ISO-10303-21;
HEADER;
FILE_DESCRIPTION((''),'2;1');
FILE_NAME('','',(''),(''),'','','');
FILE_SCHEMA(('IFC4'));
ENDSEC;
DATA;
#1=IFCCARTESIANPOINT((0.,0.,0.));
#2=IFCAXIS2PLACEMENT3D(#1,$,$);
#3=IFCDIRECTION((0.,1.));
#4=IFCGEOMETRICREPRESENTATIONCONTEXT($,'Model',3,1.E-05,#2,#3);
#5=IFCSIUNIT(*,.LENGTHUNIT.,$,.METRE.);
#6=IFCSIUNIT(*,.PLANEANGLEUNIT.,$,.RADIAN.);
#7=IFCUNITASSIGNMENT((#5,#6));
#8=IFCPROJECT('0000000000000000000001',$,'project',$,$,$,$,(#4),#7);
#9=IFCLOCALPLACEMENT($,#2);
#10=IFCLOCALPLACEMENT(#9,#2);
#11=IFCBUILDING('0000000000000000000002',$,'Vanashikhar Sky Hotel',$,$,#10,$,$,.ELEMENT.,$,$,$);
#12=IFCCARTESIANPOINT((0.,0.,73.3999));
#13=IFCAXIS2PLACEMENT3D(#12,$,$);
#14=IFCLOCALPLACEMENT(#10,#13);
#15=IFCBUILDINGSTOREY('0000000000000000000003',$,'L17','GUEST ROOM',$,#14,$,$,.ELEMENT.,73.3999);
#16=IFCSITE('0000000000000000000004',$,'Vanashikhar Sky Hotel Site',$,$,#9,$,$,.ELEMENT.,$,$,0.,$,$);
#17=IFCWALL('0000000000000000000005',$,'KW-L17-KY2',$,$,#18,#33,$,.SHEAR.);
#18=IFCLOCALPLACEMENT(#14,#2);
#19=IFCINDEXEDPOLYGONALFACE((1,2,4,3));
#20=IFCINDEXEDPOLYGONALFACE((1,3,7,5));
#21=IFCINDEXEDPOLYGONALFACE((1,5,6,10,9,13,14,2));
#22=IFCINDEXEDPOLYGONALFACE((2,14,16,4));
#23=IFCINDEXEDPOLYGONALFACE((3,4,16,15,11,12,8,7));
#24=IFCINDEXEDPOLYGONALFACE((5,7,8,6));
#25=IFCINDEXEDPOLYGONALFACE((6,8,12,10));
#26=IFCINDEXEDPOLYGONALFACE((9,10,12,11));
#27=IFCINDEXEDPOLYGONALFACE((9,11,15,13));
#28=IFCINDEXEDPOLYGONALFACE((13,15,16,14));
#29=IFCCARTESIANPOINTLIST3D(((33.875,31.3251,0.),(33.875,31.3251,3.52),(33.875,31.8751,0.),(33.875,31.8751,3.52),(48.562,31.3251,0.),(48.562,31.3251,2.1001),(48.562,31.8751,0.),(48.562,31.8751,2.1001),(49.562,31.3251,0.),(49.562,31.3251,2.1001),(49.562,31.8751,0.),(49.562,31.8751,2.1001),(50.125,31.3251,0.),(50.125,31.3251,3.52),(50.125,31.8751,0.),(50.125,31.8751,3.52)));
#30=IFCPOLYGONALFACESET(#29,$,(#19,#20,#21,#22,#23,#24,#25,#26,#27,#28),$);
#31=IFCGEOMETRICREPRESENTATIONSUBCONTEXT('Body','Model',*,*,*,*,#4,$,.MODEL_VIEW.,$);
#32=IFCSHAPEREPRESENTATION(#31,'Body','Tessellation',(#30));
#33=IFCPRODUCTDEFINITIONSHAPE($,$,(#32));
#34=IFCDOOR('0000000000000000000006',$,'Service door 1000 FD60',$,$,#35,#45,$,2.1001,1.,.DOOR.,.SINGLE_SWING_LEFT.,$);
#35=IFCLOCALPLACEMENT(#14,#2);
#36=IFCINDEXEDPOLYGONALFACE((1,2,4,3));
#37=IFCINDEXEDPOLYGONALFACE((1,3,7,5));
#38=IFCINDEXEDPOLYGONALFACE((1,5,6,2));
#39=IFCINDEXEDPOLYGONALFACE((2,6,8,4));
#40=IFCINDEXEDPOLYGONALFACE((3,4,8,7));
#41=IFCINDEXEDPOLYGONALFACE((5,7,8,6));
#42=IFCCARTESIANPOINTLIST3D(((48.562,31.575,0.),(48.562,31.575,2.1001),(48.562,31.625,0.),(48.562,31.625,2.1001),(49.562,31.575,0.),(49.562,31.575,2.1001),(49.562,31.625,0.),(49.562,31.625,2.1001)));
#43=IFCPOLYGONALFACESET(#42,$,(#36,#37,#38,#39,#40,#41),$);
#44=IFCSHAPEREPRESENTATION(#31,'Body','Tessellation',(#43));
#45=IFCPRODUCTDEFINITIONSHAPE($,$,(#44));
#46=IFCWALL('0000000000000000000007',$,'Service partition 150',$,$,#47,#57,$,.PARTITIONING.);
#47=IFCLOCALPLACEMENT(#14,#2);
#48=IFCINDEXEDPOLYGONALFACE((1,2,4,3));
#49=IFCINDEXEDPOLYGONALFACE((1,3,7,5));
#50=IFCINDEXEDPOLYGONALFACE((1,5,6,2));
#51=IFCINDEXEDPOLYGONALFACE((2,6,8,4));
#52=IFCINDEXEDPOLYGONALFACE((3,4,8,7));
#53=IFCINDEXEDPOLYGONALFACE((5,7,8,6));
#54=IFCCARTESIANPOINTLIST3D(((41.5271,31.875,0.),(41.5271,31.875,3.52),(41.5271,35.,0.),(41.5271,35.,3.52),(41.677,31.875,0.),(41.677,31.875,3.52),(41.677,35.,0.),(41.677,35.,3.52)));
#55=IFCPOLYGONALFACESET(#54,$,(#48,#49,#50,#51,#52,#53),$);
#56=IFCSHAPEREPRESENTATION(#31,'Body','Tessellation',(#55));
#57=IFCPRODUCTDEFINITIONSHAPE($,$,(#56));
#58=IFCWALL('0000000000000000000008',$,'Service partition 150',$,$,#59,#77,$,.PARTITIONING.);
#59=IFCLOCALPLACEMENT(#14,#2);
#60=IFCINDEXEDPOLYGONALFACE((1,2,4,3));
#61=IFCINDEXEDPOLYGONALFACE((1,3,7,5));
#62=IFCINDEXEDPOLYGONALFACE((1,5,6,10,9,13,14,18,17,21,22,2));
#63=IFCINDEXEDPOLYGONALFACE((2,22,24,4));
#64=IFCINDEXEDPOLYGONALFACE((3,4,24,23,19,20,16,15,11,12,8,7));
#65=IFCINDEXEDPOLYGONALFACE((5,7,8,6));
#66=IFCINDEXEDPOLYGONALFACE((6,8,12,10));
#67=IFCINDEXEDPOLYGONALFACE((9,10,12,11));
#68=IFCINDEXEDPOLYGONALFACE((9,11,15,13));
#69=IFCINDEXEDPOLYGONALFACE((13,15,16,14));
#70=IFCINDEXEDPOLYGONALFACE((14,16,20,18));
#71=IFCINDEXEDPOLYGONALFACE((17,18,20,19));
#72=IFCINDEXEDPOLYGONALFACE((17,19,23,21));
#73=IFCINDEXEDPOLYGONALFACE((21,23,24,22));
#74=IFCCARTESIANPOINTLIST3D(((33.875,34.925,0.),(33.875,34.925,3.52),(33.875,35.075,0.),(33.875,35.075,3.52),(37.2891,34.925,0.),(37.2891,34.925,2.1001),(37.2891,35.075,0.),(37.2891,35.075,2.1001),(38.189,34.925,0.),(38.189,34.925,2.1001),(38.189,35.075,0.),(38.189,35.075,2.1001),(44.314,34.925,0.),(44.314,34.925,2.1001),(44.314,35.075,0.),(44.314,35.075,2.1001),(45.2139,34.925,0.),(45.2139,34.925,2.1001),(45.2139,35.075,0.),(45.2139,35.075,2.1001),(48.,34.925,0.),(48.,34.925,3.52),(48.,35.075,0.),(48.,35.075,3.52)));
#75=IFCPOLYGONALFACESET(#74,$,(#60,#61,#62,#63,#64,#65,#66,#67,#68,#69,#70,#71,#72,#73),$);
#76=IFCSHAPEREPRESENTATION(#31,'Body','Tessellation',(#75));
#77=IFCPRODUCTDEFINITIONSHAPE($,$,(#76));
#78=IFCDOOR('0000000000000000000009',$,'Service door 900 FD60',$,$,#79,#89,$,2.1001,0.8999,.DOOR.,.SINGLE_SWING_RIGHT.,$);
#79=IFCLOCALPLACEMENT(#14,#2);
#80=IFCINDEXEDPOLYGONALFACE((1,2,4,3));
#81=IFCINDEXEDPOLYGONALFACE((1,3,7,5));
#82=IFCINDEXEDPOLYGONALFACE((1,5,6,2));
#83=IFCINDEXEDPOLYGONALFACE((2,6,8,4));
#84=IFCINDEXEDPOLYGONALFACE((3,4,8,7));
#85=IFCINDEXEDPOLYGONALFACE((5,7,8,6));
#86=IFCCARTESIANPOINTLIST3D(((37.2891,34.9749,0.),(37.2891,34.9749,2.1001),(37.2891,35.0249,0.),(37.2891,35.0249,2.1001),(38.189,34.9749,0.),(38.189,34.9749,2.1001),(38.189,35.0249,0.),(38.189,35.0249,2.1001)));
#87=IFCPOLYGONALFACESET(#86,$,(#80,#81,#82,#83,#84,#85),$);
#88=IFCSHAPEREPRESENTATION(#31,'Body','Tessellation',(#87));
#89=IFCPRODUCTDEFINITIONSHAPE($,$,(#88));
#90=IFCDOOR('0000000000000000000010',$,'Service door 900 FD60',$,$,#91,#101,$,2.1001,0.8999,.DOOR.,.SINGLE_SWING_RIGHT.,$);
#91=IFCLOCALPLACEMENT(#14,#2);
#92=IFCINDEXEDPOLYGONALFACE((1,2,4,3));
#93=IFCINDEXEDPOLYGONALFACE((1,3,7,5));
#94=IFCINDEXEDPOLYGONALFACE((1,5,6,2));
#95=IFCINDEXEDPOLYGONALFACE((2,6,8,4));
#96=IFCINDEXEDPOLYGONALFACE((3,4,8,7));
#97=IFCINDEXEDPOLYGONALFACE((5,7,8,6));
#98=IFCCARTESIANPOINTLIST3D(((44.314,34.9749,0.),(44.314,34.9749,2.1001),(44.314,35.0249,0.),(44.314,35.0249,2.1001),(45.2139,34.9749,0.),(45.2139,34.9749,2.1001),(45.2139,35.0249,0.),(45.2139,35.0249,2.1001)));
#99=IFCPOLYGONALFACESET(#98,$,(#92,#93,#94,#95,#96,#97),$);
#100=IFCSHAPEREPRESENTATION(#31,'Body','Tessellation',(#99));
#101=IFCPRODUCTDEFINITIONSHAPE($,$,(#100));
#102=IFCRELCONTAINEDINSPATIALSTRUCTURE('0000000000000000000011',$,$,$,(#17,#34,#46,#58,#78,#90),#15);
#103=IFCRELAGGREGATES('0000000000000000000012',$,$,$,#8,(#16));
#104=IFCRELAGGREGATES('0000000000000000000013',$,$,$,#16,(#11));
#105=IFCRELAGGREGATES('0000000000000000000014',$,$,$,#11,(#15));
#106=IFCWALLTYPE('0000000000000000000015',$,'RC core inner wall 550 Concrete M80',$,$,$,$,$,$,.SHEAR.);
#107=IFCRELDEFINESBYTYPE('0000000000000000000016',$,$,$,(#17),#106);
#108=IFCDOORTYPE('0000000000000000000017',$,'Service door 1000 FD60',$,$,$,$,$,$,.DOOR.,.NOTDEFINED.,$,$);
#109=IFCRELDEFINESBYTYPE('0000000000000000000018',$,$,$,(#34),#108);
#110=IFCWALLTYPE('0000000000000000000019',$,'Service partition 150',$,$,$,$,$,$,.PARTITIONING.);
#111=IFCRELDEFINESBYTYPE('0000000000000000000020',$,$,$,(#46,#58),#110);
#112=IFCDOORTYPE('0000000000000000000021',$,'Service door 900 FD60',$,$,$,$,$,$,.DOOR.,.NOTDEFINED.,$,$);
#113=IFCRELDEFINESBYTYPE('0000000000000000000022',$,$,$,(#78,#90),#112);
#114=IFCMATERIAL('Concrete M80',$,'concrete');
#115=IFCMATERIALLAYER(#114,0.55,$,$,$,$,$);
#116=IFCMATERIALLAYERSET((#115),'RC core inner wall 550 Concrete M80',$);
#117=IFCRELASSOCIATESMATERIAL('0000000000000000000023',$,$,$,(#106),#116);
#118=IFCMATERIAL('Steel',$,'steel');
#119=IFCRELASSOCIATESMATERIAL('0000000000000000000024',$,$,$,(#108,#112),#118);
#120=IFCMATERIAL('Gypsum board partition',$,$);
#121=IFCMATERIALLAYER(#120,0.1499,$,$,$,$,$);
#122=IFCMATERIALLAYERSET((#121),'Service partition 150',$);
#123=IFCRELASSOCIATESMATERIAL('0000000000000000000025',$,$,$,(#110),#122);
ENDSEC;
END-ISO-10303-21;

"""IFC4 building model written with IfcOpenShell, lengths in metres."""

from ifc_helpers import new_model, si_unit, direction, frame, frame_2d, origin, place, context, subcontext, project, spatial, rectangle, extrude, source, transform, mapped, material, layer, layer_set, type_object, element, fill, save


model = new_model("IFC4")

# Units and contexts
model_context = context("Model", 3, precision=1e-05, world=origin(), true_north=direction((0.0, 1.0)))
body_context = subcontext(model_context, "Body", "Model", "MODEL_VIEW")
ifc_project = project(units=[si_unit("LENGTHUNIT", "METRE"), si_unit("PLANEANGLEUNIT", "RADIAN")], contexts=[model_context])

# Site, building, storey
site_placement = place(None, origin())
site = spatial("IfcSite", under=ifc_project, at=site_placement, Name="Vanashikhar Sky Hotel Site", CompositionType="ELEMENT", RefElevation=0.0)
building_placement = place(site_placement, origin())
building = spatial("IfcBuilding", under=site, at=building_placement, Name="Vanashikhar Sky Hotel", CompositionType="ELEMENT")
storey_placement = place(building_placement, frame((0.0, 0.0, 73.3999)))
storey = spatial("IfcBuildingStorey", under=building, at=storey_placement, Name="L17", Description="GUEST ROOM", CompositionType="ELEMENT", Elevation=73.3999)

# Wall, opening, door
ifc_material_1 = material(Name="Concrete M80", Category="concrete")
ifc_layer_1 = layer(ifc_material_1, 0.55)
ifc_layer_set_1 = layer_set([ifc_layer_1], Name="RC core inner wall 550 Concrete M80")
wall_type_1 = type_object("IfcWallType", Name="RC core inner wall 550 Concrete M80", PredefinedType="SHEAR", material=ifc_layer_set_1)
shared_shape_1 = source(origin(), body_context, "Body", "SweptSolid", [
    extrude(rectangle(XDim=16.25, YDim=0.55, at=frame_2d((8.125, 0.0))), origin(), (0.0, 0.0, 1.0), 3.52),
])
wall_1_placement = place(storey_placement, frame((33.875, 31.6001, 0.0), z_axis=(0.0, 0.0, 1.0), x_axis=(1.0, 0.0, 0.0)))
wall_1 = element("IfcWall", 1, at=wall_1_placement, inside=storey, type_object=wall_type_1, Name="KW-L17-KY2", PredefinedType="SHEAR", context=body_context, shape_type="MappedRepresentation", body=[
    mapped(shared_shape_1, transform((0.0, 0.0, 0.0), scale=1.0)),
])
shared_shape_2 = source(origin(), body_context, "Body", "SweptSolid", [
    extrude(rectangle(XDim=1.0, YDim=2.1001, at=frame_2d((0.5, 1.05))), frame((0.0, 0.2852, 0.0), z_axis=(0.0, -1.0, 0.0), x_axis=(1.0, 0.0, 0.0)), (0.0, 0.0, 1.0), 0.5701),
])
opening_1_placement = place(wall_1_placement, frame((14.687, 0.0, 0.0)))
opening_1 = element("IfcOpeningElement", 2, at=opening_1_placement, cuts=wall_1, PredefinedType="OPENING", context=body_context, shape_type="MappedRepresentation", body=[
    mapped(shared_shape_2, transform((0.0, 0.0, 0.0), scale=1.0)),
])
ifc_material_2 = material(Name="Steel", Category="steel")
door_type_1 = type_object("IfcDoorType", Name="Service door 1000 FD60", OperationType="NOTDEFINED", PredefinedType="DOOR", material=ifc_material_2)
shared_shape_3 = source(origin(), body_context, "Body", "SweptSolid", [
    extrude(rectangle(XDim=1.0, YDim=2.1001, at=frame_2d((0.5, 1.05))), frame((0.0, 0.0249, 0.0), z_axis=(0.0, -1.0, 0.0), x_axis=(1.0, 0.0, 0.0)), (0.0, 0.0, 1.0), 0.05),
])
door_1_placement = place(opening_1_placement, origin())
door_1 = element("IfcDoor", 3, at=door_1_placement, inside=storey, type_object=door_type_1, Name="Service door 1000 FD60", OperationType="SINGLE_SWING_LEFT", OverallHeight=2.1001, OverallWidth=1.0, PredefinedType="DOOR", context=body_context, shape_type="MappedRepresentation", body=[
    mapped(shared_shape_3, transform((0.0, 0.0, 0.0), scale=1.0)),
])
fill(opening_1, door_1)

# Wall
ifc_material_3 = material(Name="Gypsum board partition")
ifc_layer_2 = layer(ifc_material_3, 0.1499)
ifc_layer_set_2 = layer_set([ifc_layer_2], Name="Service partition 150")
wall_type_2 = type_object("IfcWallType", Name="Service partition 150", PredefinedType="PARTITIONING", material=ifc_layer_set_2)
shared_shape_4 = source(origin(), body_context, "Body", "SweptSolid", [
    extrude(rectangle(XDim=3.125, YDim=0.1499, at=frame_2d((1.5625, 0.0))), origin(), (0.0, 0.0, 1.0), 3.52),
])
wall_2_placement = place(storey_placement, frame((41.6021, 31.875, 0.0), z_axis=(0.0, 0.0, 1.0), x_axis=(0.0, 1.0, 0.0)))
element("IfcWall", 4, at=wall_2_placement, inside=storey, type_object=wall_type_2, Name="Service partition 150", PredefinedType="PARTITIONING", context=body_context, shape_type="MappedRepresentation", body=[
    mapped(shared_shape_4, transform((0.0, 0.0, 0.0), scale=1.0)),
])

# Wall, openings, doors
shared_shape_5 = source(origin(), body_context, "Body", "SweptSolid", [
    extrude(rectangle(XDim=14.125, YDim=0.1499, at=frame_2d((7.0625, 0.0))), origin(), (0.0, 0.0, 1.0), 3.52),
])
wall_3_placement = place(storey_placement, frame((33.875, 35.0, 0.0), z_axis=(0.0, 0.0, 1.0), x_axis=(1.0, 0.0, 0.0)))
wall_3 = element("IfcWall", 5, at=wall_3_placement, inside=storey, type_object=wall_type_2, Name="Service partition 150", PredefinedType="PARTITIONING", context=body_context, shape_type="MappedRepresentation", body=[
    mapped(shared_shape_5, transform((0.0, 0.0, 0.0), scale=1.0)),
])
shared_shape_6 = source(origin(), body_context, "Body", "SweptSolid", [
    extrude(rectangle(XDim=0.8999, YDim=2.1001, at=frame_2d((0.45, 1.05))), frame((0.0, 0.085, 0.0), z_axis=(0.0, -1.0, 0.0), x_axis=(1.0, 0.0, 0.0)), (0.0, 0.0, 1.0), 0.1699),
])
opening_2_placement = place(wall_3_placement, frame((3.4141, 0.0, 0.0)))
opening_2 = element("IfcOpeningElement", 6, at=opening_2_placement, cuts=wall_3, PredefinedType="OPENING", context=body_context, shape_type="MappedRepresentation", body=[
    mapped(shared_shape_6, transform((0.0, 0.0, 0.0), scale=1.0)),
])
opening_3_placement = place(wall_3_placement, frame((10.439, 0.0, 0.0)))
opening_3 = element("IfcOpeningElement", 7, at=opening_3_placement, cuts=wall_3, PredefinedType="OPENING", context=body_context, shape_type="MappedRepresentation", body=[
    mapped(shared_shape_6, transform((0.0, 0.0, 0.0), scale=1.0)),
])
door_type_2 = type_object("IfcDoorType", Name="Service door 900 FD60", OperationType="NOTDEFINED", PredefinedType="DOOR", material=ifc_material_2)
shared_shape_7 = source(origin(), body_context, "Body", "SweptSolid", [
    extrude(rectangle(XDim=0.8999, YDim=2.1001, at=frame_2d((0.45, 1.05))), frame((0.0, 0.0249, 0.0), z_axis=(0.0, -1.0, 0.0), x_axis=(1.0, 0.0, 0.0)), (0.0, 0.0, 1.0), 0.05),
])
door_2_placement = place(opening_2_placement, origin())
door_2 = element("IfcDoor", 8, at=door_2_placement, inside=storey, type_object=door_type_2, Name="Service door 900 FD60", OperationType="SINGLE_SWING_RIGHT", OverallHeight=2.1001, OverallWidth=0.8999, PredefinedType="DOOR", context=body_context, shape_type="MappedRepresentation", body=[
    mapped(shared_shape_7, transform((0.0, 0.0, 0.0), scale=1.0)),
])
fill(opening_2, door_2)
door_3_placement = place(opening_3_placement, origin())
door_3 = element("IfcDoor", 9, at=door_3_placement, inside=storey, type_object=door_type_2, Name="Service door 900 FD60", OperationType="SINGLE_SWING_RIGHT", OverallHeight=2.1001, OverallWidth=0.8999, PredefinedType="DOOR", context=body_context, shape_type="MappedRepresentation", body=[
    mapped(shared_shape_7, transform((0.0, 0.0, 0.0), scale=1.0)),
])
fill(opening_3, door_3)

save(model, "model.ifc")
